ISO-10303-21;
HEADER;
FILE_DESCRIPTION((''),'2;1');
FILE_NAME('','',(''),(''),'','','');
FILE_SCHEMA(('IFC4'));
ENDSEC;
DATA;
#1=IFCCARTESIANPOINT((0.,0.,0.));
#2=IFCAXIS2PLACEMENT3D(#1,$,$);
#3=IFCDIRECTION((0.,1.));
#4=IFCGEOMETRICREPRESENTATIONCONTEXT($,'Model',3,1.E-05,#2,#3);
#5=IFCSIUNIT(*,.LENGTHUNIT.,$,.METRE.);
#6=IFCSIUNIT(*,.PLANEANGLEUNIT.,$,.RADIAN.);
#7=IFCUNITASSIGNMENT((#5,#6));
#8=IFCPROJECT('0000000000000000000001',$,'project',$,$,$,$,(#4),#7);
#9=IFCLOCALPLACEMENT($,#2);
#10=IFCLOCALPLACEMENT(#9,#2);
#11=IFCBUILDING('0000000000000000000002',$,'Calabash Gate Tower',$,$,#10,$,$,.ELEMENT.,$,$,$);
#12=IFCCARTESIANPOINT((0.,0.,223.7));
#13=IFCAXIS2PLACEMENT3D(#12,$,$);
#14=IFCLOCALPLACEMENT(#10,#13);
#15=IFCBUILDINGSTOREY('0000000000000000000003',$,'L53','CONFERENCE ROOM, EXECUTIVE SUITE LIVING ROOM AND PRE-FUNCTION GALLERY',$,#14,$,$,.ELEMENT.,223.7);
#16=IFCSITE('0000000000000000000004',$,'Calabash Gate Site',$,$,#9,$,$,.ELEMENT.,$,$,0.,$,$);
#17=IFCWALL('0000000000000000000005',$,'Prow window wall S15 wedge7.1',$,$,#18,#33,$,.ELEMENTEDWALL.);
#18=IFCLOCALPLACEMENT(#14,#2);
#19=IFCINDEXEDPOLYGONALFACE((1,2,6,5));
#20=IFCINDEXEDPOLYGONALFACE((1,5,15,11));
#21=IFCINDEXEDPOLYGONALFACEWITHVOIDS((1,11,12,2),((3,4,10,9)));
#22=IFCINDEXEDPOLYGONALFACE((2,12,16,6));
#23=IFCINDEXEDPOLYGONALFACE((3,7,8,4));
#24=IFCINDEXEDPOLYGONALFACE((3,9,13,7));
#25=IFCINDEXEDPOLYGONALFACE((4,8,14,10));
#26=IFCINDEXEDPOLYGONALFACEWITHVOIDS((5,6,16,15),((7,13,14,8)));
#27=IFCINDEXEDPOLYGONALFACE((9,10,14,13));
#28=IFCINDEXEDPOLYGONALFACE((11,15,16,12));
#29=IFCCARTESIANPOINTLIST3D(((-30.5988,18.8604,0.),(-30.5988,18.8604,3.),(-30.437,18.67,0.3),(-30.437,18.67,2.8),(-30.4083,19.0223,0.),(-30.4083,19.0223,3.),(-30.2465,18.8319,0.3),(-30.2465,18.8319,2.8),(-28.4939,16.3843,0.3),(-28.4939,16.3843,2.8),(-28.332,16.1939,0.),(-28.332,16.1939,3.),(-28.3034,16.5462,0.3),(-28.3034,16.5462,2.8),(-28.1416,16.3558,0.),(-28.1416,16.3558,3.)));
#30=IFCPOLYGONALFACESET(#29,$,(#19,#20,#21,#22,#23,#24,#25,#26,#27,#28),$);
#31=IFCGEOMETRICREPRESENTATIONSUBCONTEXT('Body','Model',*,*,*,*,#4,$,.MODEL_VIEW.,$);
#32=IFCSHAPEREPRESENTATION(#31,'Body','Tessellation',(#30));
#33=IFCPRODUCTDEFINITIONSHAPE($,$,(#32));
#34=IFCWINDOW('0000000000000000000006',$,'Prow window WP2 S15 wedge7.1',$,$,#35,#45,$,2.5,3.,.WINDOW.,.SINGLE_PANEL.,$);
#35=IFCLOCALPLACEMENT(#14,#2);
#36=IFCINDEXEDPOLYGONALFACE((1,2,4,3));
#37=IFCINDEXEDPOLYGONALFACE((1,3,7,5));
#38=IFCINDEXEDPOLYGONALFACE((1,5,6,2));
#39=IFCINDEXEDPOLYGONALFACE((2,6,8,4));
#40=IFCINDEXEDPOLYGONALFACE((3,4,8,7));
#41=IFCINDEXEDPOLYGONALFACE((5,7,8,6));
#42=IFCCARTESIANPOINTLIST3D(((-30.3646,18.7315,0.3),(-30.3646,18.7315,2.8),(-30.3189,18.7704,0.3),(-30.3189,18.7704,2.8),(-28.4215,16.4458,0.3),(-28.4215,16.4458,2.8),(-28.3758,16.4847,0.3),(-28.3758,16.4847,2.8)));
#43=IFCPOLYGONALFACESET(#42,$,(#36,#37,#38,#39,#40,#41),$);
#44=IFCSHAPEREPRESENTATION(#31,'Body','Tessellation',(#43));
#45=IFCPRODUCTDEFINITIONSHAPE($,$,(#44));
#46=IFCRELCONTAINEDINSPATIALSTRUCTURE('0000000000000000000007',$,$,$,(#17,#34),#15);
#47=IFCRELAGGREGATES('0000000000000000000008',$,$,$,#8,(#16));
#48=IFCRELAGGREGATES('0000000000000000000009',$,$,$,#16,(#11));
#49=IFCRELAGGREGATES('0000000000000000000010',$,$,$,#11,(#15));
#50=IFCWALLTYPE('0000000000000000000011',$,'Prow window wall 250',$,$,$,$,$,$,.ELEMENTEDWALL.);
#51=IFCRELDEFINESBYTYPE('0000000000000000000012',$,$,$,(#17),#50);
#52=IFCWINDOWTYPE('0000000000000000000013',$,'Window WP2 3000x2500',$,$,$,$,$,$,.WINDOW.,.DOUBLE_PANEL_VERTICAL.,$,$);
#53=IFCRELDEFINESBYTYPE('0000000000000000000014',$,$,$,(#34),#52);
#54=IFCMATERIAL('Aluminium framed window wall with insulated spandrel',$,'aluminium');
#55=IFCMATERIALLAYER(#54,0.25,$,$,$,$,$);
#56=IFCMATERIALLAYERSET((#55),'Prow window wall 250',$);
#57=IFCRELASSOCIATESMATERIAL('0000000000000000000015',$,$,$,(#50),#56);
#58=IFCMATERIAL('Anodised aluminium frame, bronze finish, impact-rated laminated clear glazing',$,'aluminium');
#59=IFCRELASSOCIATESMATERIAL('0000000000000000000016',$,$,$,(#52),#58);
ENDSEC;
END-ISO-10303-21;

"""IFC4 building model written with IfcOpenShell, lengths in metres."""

from ifc_helpers import new_model, si_unit, direction, frame, frame_2d, origin, place, context, subcontext, project, spatial, rectangle, extrude, material, layer, layer_set, type_object, element, fill, save


model = new_model("IFC4")

# Units and contexts
model_context = context("Model", 3, precision=1e-05, world=origin(), true_north=direction((0.0, 1.0)))
body_context = subcontext(model_context, "Body", "Model", "MODEL_VIEW")
ifc_project = project(units=[si_unit("LENGTHUNIT", "METRE"), si_unit("PLANEANGLEUNIT", "RADIAN")], contexts=[model_context])

# Site, building, storey
site_placement = place(None, origin())
site = spatial("IfcSite", under=ifc_project, at=site_placement, Name="Calabash Gate Site", CompositionType="ELEMENT", RefElevation=0.0)
building_placement = place(site_placement, origin())
building = spatial("IfcBuilding", under=site, at=building_placement, Name="Calabash Gate Tower", CompositionType="ELEMENT")
storey_placement = place(building_placement, frame((0.0, 0.0, 223.7)))
storey = spatial("IfcBuildingStorey", under=building, at=storey_placement, Name="L53", Description="CONFERENCE ROOM, EXECUTIVE SUITE LIVING ROOM AND PRE-FUNCTION GALLERY", CompositionType="ELEMENT", Elevation=223.7)

# Wall, opening, window
ifc_material_1 = material(Name="Aluminium framed window wall with insulated spandrel", Category="aluminium")
ifc_layer_1 = layer(ifc_material_1, 0.25)
ifc_layer_set_1 = layer_set([ifc_layer_1], Name="Prow window wall 250")
wall_type_1 = type_object("IfcWallType", Name="Prow window wall 250", PredefinedType="ELEMENTEDWALL", material=ifc_layer_set_1)
ifc_material_2 = material(Name="Anodised aluminium frame, bronze finish, impact-rated laminated clear glazing", Category="aluminium")
window_type = type_object("IfcWindowType", Name="Window WP2 3000x2500", PartitioningType="DOUBLE_PANEL_VERTICAL", PredefinedType="WINDOW", material=ifc_material_2)
wall_1_placement = place(storey_placement, frame((-30.5037, 18.9414, 0.0), z_axis=(0.0, 0.0, 1.0), x_axis=(0.647701, -0.761895, 0.0)))
wall_1 = element("IfcWall", 1, at=wall_1_placement, inside=storey, type_object=wall_type_1, Name="Prow window wall S15 wedge7.1", PredefinedType="ELEMENTEDWALL", context=body_context, shape_type="SweptSolid", body=[
    extrude(rectangle(XDim=3.4998, YDim=0.25, at=frame_2d((1.75, 0.0))), origin(), (0.0, 0.0, 1.0), 3.0),
])
opening_1_placement = place(wall_1_placement, frame((0.25, 0.0, 0.3)))
opening_1 = element("IfcOpeningElement", 2, at=opening_1_placement, cuts=wall_1, PredefinedType="OPENING", context=body_context, shape_type="SweptSolid", body=[
    extrude(rectangle(XDim=3.0, YDim=2.5, at=frame_2d((1.5, 1.25))), frame((0.0, 0.135, 0.0), z_axis=(0.0, -1.0, 0.0), x_axis=(1.0, 0.0, 0.0)), (0.0, 0.0, 1.0), 0.27),
])
window_1_placement = place(opening_1_placement, origin())
window_1 = element("IfcWindow", 3, at=window_1_placement, inside=storey, type_object=window_type, Name="Prow window WP2 S15 wedge7.1", OverallHeight=2.5, OverallWidth=3.0, PartitioningType="SINGLE_PANEL", PredefinedType="WINDOW", context=body_context, shape_type="SweptSolid", body=[
    extrude(rectangle(XDim=3.0, YDim=2.5, at=frame_2d((1.5, 1.25))), frame((0.0, 0.03, 0.0), z_axis=(0.0, -1.0, 0.0), x_axis=(1.0, 0.0, 0.0)), (0.0, 0.0, 1.0), 0.0601),
])
fill(opening_1, window_1)

save(model, "model.ifc")
